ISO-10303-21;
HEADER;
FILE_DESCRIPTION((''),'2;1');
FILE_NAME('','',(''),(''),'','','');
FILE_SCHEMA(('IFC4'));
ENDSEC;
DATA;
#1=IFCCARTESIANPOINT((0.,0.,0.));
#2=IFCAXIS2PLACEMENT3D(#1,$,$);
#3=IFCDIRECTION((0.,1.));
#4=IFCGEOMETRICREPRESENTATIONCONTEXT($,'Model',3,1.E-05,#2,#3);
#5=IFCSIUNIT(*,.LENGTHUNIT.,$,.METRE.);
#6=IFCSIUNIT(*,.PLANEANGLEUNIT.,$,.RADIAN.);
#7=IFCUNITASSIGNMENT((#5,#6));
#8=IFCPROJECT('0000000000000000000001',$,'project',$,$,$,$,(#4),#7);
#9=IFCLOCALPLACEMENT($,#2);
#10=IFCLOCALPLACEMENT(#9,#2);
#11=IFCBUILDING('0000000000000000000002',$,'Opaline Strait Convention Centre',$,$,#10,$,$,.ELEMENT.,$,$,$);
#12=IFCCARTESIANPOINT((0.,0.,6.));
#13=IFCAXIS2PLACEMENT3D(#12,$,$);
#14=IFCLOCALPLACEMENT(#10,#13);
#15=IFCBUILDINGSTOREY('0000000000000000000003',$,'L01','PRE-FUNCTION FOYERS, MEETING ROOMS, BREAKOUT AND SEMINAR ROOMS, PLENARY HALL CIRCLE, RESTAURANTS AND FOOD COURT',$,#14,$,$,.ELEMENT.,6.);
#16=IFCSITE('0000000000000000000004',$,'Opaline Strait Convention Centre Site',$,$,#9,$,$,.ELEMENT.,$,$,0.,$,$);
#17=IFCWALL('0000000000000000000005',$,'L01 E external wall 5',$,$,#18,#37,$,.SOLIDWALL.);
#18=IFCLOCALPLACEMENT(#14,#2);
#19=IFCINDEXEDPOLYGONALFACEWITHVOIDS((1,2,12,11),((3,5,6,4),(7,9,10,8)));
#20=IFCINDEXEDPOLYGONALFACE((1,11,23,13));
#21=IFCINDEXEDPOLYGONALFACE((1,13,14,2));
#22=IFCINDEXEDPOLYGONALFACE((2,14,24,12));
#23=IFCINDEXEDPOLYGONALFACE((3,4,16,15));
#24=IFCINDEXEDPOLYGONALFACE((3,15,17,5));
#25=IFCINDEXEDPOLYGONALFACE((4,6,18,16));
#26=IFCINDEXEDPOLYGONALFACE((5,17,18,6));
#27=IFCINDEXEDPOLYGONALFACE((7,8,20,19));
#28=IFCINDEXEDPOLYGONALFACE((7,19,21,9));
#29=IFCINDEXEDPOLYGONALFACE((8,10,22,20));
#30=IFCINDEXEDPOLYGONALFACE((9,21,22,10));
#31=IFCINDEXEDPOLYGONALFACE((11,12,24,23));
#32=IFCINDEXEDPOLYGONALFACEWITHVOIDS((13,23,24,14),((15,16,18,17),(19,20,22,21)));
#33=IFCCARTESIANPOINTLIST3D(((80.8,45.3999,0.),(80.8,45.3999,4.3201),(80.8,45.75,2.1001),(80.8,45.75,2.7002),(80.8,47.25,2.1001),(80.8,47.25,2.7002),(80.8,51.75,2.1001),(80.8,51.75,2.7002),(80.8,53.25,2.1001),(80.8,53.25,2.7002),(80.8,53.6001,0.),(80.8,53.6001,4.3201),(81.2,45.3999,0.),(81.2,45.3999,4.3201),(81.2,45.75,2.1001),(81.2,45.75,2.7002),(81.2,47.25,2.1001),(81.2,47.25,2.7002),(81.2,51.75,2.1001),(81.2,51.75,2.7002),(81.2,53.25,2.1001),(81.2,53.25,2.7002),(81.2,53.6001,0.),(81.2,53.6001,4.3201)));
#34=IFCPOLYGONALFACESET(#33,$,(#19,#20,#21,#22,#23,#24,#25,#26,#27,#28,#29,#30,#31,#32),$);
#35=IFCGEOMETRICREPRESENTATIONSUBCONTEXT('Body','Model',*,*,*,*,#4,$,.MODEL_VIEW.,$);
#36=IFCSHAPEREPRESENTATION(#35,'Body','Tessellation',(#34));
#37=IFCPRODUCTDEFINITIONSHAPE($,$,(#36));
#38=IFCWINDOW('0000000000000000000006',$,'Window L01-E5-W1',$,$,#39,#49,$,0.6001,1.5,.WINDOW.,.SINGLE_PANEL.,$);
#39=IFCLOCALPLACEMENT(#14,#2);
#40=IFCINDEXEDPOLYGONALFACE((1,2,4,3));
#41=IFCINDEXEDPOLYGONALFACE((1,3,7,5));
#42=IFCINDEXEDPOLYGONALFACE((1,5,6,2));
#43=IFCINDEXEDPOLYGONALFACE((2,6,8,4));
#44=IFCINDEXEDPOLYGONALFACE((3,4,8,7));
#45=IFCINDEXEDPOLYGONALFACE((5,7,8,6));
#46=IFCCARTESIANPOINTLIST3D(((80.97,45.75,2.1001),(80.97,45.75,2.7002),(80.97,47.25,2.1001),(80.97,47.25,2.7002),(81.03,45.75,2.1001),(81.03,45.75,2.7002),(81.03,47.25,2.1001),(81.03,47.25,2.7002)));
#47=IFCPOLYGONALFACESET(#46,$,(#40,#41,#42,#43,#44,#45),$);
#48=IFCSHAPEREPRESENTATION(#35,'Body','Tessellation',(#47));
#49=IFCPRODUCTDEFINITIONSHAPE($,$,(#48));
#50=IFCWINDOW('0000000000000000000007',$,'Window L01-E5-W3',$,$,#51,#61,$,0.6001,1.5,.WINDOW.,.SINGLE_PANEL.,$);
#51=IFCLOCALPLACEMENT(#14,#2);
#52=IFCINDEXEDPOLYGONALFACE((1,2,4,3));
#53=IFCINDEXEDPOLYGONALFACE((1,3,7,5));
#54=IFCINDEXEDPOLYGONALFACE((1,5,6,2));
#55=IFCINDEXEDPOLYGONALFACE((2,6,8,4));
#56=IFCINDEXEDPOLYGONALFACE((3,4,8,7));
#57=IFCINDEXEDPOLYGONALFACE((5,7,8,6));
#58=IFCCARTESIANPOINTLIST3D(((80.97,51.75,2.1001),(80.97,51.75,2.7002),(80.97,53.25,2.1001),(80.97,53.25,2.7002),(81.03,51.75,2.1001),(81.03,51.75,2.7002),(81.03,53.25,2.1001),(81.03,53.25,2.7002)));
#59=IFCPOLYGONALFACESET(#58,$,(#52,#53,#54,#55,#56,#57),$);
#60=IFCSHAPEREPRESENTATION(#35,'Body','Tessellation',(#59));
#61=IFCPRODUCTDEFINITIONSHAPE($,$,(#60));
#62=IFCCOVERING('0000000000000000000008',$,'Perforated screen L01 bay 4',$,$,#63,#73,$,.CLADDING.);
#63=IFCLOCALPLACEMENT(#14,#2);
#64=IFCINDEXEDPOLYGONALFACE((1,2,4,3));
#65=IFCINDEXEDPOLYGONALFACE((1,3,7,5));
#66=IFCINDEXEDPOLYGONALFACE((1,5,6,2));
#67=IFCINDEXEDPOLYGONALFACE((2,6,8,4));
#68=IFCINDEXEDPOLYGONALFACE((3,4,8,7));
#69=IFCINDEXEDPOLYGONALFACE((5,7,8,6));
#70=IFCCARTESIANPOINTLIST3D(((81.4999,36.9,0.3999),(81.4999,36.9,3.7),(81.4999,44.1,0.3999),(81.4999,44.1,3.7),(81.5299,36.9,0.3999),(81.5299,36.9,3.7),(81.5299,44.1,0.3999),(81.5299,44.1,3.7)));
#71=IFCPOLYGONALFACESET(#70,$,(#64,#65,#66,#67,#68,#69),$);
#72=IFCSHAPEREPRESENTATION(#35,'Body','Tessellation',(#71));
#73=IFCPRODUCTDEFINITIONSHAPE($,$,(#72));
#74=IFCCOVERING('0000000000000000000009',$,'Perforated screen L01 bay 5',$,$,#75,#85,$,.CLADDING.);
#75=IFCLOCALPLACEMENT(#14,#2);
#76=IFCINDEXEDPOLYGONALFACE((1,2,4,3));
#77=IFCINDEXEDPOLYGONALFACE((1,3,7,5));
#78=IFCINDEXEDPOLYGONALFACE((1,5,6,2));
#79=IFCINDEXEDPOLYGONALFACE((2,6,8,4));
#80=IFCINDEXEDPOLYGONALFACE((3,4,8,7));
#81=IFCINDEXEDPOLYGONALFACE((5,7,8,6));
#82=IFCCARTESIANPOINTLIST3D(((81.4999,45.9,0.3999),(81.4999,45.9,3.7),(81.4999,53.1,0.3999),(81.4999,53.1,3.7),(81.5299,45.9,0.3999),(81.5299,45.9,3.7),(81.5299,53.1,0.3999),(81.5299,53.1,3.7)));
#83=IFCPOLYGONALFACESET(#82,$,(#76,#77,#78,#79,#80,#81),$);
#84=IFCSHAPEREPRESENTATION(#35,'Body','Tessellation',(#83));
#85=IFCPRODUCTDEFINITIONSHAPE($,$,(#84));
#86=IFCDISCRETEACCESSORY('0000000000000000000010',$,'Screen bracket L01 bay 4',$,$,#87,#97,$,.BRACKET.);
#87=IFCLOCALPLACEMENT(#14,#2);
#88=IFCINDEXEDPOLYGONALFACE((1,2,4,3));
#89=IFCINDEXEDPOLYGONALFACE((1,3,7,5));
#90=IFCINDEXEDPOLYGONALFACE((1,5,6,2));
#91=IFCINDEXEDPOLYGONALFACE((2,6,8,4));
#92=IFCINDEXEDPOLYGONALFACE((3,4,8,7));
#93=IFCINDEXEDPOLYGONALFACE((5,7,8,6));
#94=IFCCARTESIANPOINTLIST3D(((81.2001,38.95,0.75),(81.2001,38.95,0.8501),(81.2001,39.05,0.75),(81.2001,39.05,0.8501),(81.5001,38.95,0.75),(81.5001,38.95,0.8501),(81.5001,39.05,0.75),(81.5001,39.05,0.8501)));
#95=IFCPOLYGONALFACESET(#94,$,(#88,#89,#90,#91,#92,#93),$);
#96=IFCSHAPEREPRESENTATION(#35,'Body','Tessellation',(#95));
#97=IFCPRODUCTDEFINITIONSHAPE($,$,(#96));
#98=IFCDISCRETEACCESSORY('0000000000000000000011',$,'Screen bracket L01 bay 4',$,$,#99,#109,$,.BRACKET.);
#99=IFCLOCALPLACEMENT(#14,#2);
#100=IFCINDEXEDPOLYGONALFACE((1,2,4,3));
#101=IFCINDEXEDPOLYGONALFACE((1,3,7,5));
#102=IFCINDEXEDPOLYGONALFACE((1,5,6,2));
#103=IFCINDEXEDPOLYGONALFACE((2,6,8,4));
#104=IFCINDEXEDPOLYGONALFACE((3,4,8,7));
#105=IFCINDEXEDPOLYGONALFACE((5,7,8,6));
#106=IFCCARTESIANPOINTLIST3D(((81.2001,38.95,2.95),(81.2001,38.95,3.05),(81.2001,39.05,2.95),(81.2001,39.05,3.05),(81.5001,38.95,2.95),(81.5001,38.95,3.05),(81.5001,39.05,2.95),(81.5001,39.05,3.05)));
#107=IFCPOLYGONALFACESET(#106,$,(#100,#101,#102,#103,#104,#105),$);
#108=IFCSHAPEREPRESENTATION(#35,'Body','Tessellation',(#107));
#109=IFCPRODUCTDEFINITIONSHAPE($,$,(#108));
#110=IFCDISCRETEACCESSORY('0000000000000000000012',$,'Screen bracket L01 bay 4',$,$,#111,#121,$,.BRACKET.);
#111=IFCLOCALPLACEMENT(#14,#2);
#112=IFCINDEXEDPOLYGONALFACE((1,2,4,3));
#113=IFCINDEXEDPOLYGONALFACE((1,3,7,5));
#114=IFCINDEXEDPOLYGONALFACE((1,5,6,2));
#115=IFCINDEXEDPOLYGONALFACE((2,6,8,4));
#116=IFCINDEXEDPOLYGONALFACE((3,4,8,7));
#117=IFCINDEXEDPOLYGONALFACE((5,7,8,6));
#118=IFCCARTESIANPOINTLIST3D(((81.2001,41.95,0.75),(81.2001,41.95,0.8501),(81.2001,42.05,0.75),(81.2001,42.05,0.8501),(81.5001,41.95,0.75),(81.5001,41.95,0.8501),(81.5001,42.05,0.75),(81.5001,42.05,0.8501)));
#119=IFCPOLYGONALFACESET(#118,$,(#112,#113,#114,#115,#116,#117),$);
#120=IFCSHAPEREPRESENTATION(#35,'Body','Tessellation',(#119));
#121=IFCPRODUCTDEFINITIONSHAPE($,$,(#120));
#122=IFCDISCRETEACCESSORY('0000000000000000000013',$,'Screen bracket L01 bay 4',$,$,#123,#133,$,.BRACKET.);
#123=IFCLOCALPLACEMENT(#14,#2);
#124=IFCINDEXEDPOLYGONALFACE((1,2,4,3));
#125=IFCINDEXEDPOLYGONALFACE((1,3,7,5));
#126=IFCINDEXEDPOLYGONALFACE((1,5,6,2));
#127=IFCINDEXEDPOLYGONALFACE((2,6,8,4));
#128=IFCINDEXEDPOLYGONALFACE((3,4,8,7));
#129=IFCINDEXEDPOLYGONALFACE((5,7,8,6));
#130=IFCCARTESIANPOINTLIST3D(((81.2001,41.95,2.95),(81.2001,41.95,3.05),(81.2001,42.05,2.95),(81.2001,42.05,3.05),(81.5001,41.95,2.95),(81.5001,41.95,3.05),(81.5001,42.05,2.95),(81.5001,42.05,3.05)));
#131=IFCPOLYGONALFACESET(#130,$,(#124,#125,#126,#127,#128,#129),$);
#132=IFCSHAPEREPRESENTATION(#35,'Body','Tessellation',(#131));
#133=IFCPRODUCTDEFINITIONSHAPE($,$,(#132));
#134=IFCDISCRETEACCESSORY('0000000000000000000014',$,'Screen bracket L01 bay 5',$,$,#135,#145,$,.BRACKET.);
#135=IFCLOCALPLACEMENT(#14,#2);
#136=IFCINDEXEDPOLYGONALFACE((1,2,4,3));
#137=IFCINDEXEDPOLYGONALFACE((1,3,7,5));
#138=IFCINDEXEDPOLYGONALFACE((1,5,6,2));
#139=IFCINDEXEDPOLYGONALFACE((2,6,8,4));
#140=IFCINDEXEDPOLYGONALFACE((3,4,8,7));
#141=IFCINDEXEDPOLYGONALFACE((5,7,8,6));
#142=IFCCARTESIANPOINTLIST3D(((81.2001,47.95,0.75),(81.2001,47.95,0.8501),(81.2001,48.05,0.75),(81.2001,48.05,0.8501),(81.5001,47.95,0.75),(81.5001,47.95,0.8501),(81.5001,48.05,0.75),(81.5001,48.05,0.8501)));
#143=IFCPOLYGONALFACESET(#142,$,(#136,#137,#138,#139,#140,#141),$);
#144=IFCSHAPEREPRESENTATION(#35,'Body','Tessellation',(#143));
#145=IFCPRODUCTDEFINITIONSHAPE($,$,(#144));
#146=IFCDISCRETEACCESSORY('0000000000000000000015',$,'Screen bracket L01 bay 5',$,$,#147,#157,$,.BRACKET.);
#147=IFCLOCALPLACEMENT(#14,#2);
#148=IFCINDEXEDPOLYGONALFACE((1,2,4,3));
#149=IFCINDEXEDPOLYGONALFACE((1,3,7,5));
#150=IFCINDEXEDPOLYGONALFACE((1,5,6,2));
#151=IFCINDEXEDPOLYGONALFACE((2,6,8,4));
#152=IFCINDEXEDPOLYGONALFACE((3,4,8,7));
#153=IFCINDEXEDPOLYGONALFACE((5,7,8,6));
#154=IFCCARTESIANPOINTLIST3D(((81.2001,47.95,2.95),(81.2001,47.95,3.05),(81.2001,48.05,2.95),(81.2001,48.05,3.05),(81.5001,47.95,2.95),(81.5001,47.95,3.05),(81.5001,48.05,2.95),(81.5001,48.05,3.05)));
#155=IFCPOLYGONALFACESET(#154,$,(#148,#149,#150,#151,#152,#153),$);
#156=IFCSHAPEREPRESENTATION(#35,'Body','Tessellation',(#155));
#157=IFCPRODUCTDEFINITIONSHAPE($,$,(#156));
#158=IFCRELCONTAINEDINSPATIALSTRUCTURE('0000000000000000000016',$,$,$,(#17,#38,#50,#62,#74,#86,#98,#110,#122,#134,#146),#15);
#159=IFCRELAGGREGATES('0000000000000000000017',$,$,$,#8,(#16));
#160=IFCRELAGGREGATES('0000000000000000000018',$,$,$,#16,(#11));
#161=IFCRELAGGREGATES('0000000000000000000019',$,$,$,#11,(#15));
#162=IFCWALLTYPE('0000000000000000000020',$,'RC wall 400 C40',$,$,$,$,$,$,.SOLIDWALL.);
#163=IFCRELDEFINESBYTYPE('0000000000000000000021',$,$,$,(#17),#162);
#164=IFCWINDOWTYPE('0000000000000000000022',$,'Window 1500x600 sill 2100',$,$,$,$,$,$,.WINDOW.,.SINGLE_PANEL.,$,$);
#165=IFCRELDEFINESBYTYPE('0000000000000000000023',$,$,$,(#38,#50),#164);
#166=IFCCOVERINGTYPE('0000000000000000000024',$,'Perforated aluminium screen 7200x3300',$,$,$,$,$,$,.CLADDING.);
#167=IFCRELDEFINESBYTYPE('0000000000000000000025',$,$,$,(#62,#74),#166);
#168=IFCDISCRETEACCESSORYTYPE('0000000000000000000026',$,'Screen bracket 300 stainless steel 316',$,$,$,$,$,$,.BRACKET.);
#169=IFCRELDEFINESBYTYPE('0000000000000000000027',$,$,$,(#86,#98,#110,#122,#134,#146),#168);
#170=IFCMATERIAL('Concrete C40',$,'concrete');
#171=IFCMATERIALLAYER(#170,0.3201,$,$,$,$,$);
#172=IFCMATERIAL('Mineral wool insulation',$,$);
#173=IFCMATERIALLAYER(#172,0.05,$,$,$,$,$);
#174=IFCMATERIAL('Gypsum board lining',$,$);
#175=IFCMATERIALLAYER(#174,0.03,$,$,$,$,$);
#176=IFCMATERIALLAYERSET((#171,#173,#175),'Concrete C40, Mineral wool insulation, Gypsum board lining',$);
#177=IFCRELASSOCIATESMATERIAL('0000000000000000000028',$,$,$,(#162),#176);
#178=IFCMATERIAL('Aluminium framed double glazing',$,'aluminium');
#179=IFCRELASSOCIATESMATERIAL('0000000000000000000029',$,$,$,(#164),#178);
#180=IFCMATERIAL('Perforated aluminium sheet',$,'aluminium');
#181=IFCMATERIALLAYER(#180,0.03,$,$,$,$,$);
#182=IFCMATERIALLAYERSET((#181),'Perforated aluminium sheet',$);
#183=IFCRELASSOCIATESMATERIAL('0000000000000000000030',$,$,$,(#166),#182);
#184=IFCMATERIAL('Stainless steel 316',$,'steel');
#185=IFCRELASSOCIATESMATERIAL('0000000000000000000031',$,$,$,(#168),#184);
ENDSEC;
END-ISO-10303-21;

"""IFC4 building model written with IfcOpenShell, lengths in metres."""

from ifc_helpers import new_model, si_unit, direction, frame, frame_2d, origin, origin_2d, place, context, subcontext, project, spatial, rectangle, extrude, material, layer, layer_set, type_object, element, fill, save


model = new_model("IFC4")

# Units and contexts
model_context = context("Model", 3, precision=1e-05, world=origin(), true_north=direction((0.0, 1.0)))
body_context = subcontext(model_context, "Body", "Model", "MODEL_VIEW")
ifc_project = project(units=[si_unit("LENGTHUNIT", "METRE"), si_unit("PLANEANGLEUNIT", "RADIAN")], contexts=[model_context])

# Site, building, storey
site_placement = place(None, origin())
site = spatial("IfcSite", under=ifc_project, at=site_placement, Name="Opaline Strait Convention Centre Site", CompositionType="ELEMENT", RefElevation=0.0)
building_placement = place(site_placement, origin())
building = spatial("IfcBuilding", under=site, at=building_placement, Name="Opaline Strait Convention Centre", CompositionType="ELEMENT")
storey_placement = place(building_placement, frame((0.0, 0.0, 6.0)))
storey = spatial("IfcBuildingStorey", under=building, at=storey_placement, Name="L01", Description="PRE-FUNCTION FOYERS, MEETING ROOMS, BREAKOUT AND SEMINAR ROOMS, PLENARY HALL CIRCLE, RESTAURANTS AND FOOD COURT", CompositionType="ELEMENT", Elevation=6.0)

# Shared definitions
ifc_material_1 = material(Name="Concrete C40", Category="concrete")

# Wall, openings, windows
ifc_layer_1 = layer(ifc_material_1, 0.3201)
ifc_material_2 = material(Name="Mineral wool insulation")
ifc_layer_2 = layer(ifc_material_2, 0.05)
ifc_material_3 = material(Name="Gypsum board lining")
ifc_layer_3 = layer(ifc_material_3, 0.03)
ifc_layer_set_1 = layer_set([ifc_layer_1, ifc_layer_2, ifc_layer_3], Name="Concrete C40, Mineral wool insulation, Gypsum board lining")
wall_type_1 = type_object("IfcWallType", Name="RC wall 400 C40", PredefinedType="SOLIDWALL", material=ifc_layer_set_1)
ifc_material_4 = material(Name="Aluminium framed double glazing", Category="aluminium")
wall_1_placement = place(storey_placement, frame((81.0, 45.3999, 0.0), z_axis=(0.0, 0.0, 1.0), x_axis=(0.0, 1.0, 0.0)))
wall_1 = element("IfcWall", 1, at=wall_1_placement, inside=storey, type_object=wall_type_1, Name="L01 E external wall 5", PredefinedType="SOLIDWALL", context=body_context, shape_type="SweptSolid", body=[
    extrude(rectangle(XDim=8.2002, YDim=0.3999, at=frame_2d((4.1001, 0.0))), origin(), (0.0, 0.0, 1.0), 4.3201),
])
opening_1_placement = place(wall_1_placement, frame((0.3501, 0.0, 2.1001)))
opening_1 = element("IfcOpeningElement", 2, at=opening_1_placement, cuts=wall_1, PredefinedType="OPENING", context=body_context, shape_type="SweptSolid", body=[
    extrude(rectangle(XDim=1.5, YDim=0.6001, at=frame_2d((0.75, 0.3))), frame((0.0, 0.21, 0.0), z_axis=(0.0, -1.0, 0.0), x_axis=(1.0, 0.0, 0.0)), (0.0, 0.0, 1.0), 0.4199),
])
opening_2_placement = place(wall_1_placement, frame((6.3501, 0.0, 2.1001)))
opening_2 = element("IfcOpeningElement", 3, at=opening_2_placement, cuts=wall_1, PredefinedType="OPENING", context=body_context, shape_type="SweptSolid", body=[
    extrude(rectangle(XDim=1.5, YDim=0.6001, at=frame_2d((0.75, 0.3))), frame((0.0, 0.21, 0.0), z_axis=(0.0, -1.0, 0.0), x_axis=(1.0, 0.0, 0.0)), (0.0, 0.0, 1.0), 0.4199),
])
window_type_1 = type_object("IfcWindowType", Name="Window 1500x600 sill 2100", PartitioningType="SINGLE_PANEL", PredefinedType="WINDOW", material=ifc_material_4)
window_1_placement = place(opening_1_placement, origin())
window_1 = element("IfcWindow", 4, at=window_1_placement, inside=storey, type_object=window_type_1, Name="Window L01-E5-W1", OverallHeight=0.6001, OverallWidth=1.5, PartitioningType="SINGLE_PANEL", PredefinedType="WINDOW", context=body_context, shape_type="SweptSolid", body=[
    extrude(rectangle(XDim=1.5, YDim=0.6001, at=frame_2d((0.75, 0.3))), frame((0.0, 0.03, 0.0), z_axis=(0.0, -1.0, 0.0), x_axis=(1.0, 0.0, 0.0)), (0.0, 0.0, 1.0), 0.0601),
])
fill(opening_1, window_1)
window_2_placement = place(opening_2_placement, origin())
window_2 = element("IfcWindow", 5, at=window_2_placement, inside=storey, type_object=window_type_1, Name="Window L01-E5-W3", OverallHeight=0.6001, OverallWidth=1.5, PartitioningType="SINGLE_PANEL", PredefinedType="WINDOW", context=body_context, shape_type="SweptSolid", body=[
    extrude(rectangle(XDim=1.5, YDim=0.6001, at=frame_2d((0.75, 0.3))), frame((0.0, 0.03, 0.0), z_axis=(0.0, -1.0, 0.0), x_axis=(1.0, 0.0, 0.0)), (0.0, 0.0, 1.0), 0.0601),
])
fill(opening_2, window_2)

# Coverings
ifc_material_5 = material(Name="Perforated aluminium sheet", Category="aluminium")
ifc_layer_4 = layer(ifc_material_5, 0.03)
ifc_layer_set_2 = layer_set([ifc_layer_4], Name="Perforated aluminium sheet")
covering_type = type_object("IfcCoveringType", Name="Perforated aluminium screen 7200x3300", PredefinedType="CLADDING", material=ifc_layer_set_2)
for number, where, z_axis, x_axis, name in (
    (6, (81.5149, 40.5, 0.3999), (0.0, 0.0, 1.0), (1.0, 0.0, 0.0), "Perforated screen L01 bay 4"),
    (7, (81.5149, 49.5, 0.3999), (0.0, 0.0, 1.0), (1.0, 0.0, 0.0), "Perforated screen L01 bay 5"),
):
    element("IfcCovering", number, at=place(storey_placement, frame(where, z_axis=z_axis, x_axis=x_axis)), inside=storey, type_object=covering_type, Name=name, PredefinedType="CLADDING", context=body_context, shape_type="SweptSolid", body=[
        extrude(rectangle(XDim=0.03, YDim=7.2, at=origin_2d()), origin(), (0.0, 0.0, 1.0), 3.3),
    ])

# Discrete accessories
ifc_material_6 = material(Name="Stainless steel 316", Category="steel")
discrete_accessory_type = type_object("IfcDiscreteAccessoryType", Name="Screen bracket 300 stainless steel 316", PredefinedType="BRACKET", material=ifc_material_6)
for number, where, z_axis, x_axis, name in (
    (8, (81.3501, 39.0, 0.75), (0.0, 0.0, 1.0), (1.0, 0.0, 0.0), "Screen bracket L01 bay 4"),
    (9, (81.3501, 39.0, 2.95), (0.0, 0.0, 1.0), (1.0, 0.0, 0.0), "Screen bracket L01 bay 4"),
    (10, (81.3501, 42.0, 0.75), (0.0, 0.0, 1.0), (1.0, 0.0, 0.0), "Screen bracket L01 bay 4"),
    (11, (81.3501, 42.0, 2.95), (0.0, 0.0, 1.0), (1.0, 0.0, 0.0), "Screen bracket L01 bay 4"),
    (12, (81.3501, 48.0, 0.75), (0.0, 0.0, 1.0), (1.0, 0.0, 0.0), "Screen bracket L01 bay 5"),
    (13, (81.3501, 48.0, 2.95), (0.0, 0.0, 1.0), (1.0, 0.0, 0.0), "Screen bracket L01 bay 5"),
):
    element("IfcDiscreteAccessory", number, at=place(storey_placement, frame(where, z_axis=z_axis, x_axis=x_axis)), inside=storey, type_object=discrete_accessory_type, Name=name, PredefinedType="BRACKET", context=body_context, shape_type="SweptSolid", body=[
        extrude(rectangle(XDim=0.3, YDim=0.1001, at=origin_2d()), origin(), (0.0, 0.0, 1.0), 0.1001),
    ])

save(model, "model.ifc")
